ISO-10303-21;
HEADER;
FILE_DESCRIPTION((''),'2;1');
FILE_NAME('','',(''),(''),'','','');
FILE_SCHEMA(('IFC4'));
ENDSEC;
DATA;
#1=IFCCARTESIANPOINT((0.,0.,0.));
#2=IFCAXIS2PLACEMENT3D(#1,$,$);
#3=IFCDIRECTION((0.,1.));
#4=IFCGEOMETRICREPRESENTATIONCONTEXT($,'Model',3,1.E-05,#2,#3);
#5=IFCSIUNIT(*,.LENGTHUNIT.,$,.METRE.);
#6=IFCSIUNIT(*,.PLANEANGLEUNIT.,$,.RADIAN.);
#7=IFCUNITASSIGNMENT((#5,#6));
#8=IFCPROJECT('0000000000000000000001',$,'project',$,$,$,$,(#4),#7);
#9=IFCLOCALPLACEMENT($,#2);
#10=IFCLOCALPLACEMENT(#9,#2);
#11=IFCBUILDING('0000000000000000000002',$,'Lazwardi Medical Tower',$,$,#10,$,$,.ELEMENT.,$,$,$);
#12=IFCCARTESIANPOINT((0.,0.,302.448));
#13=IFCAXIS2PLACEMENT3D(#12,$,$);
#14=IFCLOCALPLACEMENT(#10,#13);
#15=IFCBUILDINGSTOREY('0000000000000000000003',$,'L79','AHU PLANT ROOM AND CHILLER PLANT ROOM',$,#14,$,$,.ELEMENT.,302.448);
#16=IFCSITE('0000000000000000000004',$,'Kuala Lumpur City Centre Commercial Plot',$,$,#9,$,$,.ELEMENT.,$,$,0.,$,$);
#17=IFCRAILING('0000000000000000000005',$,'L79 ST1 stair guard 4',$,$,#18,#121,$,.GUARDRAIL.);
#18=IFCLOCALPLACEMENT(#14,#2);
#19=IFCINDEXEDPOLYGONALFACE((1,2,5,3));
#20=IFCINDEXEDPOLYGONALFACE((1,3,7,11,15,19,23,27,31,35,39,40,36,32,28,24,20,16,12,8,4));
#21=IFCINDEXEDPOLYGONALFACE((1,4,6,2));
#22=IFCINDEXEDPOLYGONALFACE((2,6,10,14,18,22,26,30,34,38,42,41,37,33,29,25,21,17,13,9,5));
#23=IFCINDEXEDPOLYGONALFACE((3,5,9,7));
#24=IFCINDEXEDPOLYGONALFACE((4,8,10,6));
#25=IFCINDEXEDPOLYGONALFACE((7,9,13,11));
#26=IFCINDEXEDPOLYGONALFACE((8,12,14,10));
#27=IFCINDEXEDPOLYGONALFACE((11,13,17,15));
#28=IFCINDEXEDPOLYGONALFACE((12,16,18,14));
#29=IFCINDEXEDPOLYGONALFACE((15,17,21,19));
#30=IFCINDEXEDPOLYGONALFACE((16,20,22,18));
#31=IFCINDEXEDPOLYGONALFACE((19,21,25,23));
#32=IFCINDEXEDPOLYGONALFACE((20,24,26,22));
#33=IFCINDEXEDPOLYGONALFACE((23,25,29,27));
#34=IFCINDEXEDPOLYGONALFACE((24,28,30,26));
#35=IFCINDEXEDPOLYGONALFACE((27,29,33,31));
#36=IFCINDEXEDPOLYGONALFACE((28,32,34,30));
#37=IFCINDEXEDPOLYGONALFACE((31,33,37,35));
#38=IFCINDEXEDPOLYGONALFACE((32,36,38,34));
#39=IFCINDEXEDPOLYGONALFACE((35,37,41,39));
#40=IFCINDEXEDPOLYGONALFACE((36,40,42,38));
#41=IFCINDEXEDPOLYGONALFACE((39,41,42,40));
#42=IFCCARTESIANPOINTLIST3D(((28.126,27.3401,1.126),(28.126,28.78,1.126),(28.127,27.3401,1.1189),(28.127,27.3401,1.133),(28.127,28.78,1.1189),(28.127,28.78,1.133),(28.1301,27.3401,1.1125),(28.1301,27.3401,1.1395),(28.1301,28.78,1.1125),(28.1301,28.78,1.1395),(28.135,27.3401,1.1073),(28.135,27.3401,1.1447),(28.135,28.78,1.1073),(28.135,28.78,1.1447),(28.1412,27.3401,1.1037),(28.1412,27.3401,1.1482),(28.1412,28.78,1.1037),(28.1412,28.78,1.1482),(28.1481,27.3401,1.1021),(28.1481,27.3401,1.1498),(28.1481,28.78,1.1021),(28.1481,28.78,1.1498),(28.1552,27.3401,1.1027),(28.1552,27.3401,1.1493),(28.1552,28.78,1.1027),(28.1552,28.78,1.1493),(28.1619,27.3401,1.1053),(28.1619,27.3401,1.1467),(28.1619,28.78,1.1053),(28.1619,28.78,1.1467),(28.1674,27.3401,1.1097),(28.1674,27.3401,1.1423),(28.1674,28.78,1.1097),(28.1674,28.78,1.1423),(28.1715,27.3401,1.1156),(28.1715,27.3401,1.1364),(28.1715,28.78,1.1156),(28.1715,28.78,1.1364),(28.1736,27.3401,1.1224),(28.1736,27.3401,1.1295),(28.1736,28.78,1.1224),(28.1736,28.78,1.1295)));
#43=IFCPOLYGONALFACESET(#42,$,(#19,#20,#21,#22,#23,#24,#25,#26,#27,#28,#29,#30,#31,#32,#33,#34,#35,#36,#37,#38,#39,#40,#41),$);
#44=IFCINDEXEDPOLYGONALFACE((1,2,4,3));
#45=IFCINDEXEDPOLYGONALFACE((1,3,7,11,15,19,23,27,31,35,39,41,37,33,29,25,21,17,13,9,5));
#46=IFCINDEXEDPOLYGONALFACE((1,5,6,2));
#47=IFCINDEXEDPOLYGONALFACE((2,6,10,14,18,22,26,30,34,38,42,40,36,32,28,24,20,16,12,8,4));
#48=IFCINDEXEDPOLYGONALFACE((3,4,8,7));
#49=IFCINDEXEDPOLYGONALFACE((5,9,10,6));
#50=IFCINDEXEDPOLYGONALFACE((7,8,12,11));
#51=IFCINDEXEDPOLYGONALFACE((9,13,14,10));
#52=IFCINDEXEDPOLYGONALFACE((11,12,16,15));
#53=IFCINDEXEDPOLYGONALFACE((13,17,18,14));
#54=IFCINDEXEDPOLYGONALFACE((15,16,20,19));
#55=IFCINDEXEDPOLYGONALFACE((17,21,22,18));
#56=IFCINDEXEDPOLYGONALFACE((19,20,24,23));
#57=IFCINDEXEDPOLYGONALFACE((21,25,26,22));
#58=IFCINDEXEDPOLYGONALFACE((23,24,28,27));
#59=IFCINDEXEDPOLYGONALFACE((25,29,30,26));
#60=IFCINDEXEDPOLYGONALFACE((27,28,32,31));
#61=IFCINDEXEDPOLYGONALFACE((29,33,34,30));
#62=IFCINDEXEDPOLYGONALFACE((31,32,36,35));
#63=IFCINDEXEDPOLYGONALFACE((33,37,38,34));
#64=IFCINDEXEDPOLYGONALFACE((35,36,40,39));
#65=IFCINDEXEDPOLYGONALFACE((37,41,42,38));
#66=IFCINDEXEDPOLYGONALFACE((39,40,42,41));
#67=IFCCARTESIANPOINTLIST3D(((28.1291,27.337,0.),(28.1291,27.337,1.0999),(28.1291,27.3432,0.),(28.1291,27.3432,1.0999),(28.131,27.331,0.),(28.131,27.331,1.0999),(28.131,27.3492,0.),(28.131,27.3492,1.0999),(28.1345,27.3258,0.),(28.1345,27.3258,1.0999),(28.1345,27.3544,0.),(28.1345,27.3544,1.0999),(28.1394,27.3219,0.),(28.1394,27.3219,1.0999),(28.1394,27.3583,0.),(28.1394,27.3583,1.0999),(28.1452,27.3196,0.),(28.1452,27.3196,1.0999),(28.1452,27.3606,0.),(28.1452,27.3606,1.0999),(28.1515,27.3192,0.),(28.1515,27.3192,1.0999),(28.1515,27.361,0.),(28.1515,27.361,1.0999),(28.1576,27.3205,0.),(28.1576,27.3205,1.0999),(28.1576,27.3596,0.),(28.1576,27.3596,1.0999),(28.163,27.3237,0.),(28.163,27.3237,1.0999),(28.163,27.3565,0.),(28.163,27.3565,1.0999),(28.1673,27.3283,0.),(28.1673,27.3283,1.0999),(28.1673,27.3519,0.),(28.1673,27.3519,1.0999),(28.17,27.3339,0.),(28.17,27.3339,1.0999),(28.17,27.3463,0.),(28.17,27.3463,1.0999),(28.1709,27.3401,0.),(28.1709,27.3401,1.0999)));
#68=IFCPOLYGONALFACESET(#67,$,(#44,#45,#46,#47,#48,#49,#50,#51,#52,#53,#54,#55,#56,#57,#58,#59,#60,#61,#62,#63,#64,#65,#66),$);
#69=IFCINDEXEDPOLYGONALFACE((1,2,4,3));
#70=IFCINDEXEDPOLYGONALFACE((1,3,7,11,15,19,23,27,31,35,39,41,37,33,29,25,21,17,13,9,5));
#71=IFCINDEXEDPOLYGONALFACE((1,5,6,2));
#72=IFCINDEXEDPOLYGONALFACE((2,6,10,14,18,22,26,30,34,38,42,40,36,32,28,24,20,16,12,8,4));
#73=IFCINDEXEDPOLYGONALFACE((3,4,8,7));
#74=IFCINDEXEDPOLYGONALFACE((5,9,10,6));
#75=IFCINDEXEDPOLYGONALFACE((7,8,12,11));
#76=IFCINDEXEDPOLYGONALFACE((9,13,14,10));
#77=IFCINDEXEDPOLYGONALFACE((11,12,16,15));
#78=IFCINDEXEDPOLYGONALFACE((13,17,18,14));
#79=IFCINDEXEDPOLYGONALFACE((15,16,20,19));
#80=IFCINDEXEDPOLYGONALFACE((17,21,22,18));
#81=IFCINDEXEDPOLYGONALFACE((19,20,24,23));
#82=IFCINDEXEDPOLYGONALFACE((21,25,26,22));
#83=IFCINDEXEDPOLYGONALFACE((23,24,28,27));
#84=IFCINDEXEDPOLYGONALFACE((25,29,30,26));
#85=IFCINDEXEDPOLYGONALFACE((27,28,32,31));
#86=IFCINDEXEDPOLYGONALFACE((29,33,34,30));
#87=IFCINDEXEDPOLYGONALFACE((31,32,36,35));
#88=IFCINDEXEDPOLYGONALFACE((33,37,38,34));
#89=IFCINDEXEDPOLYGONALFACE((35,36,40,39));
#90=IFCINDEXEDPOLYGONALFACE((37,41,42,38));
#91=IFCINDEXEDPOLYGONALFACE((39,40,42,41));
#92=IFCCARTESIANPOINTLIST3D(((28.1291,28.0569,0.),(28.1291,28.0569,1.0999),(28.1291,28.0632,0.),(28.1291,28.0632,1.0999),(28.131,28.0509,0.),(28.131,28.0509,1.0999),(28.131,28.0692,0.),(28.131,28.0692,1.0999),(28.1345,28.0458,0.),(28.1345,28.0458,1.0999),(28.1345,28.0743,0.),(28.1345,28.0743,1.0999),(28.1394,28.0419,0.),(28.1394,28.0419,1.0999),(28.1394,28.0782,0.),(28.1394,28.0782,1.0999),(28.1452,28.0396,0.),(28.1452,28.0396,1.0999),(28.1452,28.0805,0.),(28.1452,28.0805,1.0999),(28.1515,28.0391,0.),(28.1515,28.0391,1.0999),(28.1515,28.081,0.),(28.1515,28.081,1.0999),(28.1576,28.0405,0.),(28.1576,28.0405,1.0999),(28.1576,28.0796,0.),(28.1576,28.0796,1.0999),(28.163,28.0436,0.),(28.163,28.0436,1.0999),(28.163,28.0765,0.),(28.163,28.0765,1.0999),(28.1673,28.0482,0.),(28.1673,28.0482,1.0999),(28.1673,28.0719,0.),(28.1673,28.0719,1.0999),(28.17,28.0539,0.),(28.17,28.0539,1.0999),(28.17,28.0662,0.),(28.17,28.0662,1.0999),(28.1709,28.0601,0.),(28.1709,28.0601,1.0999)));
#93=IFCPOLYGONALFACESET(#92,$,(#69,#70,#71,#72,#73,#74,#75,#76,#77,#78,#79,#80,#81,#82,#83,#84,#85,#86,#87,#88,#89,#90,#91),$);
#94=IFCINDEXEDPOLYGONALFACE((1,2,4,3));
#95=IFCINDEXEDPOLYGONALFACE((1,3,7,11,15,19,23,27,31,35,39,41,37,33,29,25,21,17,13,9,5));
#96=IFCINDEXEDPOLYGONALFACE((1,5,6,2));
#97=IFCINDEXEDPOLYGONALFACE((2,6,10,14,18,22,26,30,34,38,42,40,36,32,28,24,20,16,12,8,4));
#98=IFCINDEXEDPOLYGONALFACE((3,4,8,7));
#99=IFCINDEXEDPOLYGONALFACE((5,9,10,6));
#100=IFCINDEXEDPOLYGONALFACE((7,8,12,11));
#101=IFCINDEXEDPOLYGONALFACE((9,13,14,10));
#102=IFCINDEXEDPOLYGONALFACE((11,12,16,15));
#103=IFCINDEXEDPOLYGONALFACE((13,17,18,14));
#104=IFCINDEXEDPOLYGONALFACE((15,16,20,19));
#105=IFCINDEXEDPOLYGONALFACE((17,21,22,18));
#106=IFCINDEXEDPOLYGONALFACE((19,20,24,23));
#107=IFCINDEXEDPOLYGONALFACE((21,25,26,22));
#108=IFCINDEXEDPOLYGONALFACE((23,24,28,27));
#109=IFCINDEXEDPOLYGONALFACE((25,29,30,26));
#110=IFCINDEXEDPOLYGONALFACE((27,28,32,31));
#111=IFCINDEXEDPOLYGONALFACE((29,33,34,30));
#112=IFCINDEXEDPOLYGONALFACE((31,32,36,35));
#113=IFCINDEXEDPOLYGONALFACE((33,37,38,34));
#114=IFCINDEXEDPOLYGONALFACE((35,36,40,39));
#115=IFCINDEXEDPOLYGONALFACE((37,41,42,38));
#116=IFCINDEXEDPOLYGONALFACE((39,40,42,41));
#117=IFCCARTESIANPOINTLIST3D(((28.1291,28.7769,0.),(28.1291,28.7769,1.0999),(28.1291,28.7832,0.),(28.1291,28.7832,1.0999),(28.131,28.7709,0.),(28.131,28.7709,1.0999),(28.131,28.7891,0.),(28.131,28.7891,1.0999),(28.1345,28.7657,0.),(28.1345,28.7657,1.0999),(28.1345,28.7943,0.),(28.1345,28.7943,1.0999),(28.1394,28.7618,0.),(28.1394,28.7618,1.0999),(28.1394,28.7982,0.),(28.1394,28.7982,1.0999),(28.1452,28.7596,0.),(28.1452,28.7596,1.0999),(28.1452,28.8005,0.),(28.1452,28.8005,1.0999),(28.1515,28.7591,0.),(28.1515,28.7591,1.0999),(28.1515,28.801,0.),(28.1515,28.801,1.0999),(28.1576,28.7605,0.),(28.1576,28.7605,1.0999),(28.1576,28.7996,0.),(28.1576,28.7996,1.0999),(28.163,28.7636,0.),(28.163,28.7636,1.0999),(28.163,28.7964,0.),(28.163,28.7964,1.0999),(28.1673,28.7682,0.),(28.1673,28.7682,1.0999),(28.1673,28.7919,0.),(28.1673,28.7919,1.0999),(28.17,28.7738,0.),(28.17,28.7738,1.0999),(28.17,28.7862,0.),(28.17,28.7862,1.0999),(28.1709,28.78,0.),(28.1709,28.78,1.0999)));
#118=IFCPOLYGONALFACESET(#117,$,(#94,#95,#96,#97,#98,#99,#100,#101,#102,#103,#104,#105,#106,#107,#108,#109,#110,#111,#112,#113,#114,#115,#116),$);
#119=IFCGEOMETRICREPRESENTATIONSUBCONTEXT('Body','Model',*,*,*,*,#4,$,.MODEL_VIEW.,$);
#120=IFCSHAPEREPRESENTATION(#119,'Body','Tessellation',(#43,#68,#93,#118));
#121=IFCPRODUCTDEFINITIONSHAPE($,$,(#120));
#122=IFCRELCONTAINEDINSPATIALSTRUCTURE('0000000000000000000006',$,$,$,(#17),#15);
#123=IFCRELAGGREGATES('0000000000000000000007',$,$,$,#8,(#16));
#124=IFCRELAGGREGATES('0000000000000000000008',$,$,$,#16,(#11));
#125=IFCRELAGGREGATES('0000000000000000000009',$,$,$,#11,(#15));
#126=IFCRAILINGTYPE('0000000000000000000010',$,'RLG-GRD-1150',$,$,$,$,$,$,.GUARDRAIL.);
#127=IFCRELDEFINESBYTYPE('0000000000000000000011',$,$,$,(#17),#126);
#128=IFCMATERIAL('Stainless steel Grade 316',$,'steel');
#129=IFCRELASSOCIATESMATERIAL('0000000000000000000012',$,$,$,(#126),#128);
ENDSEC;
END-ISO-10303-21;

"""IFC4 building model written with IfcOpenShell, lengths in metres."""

from ifc_helpers import new_model, si_unit, direction, frame, origin, origin_2d, place, context, subcontext, project, spatial, circle, extrude, material, type_object, element, save


model = new_model("IFC4")

# Units and contexts
model_context = context("Model", 3, precision=1e-05, world=origin(), true_north=direction((0.0, 1.0)))
body_context = subcontext(model_context, "Body", "Model", "MODEL_VIEW")
ifc_project = project(units=[si_unit("LENGTHUNIT", "METRE"), si_unit("PLANEANGLEUNIT", "RADIAN")], contexts=[model_context])

# Site, building, storey
site_placement = place(None, origin())
site = spatial("IfcSite", under=ifc_project, at=site_placement, Name="Kuala Lumpur City Centre Commercial Plot", CompositionType="ELEMENT", RefElevation=0.0)
building_placement = place(site_placement, origin())
building = spatial("IfcBuilding", under=site, at=building_placement, Name="Lazwardi Medical Tower", CompositionType="ELEMENT")
storey_placement = place(building_placement, frame((0.0, 0.0, 302.448)))
storey = spatial("IfcBuildingStorey", under=building, at=storey_placement, Name="L79", Description="AHU PLANT ROOM AND CHILLER PLANT ROOM", CompositionType="ELEMENT", Elevation=302.448)

# Railing
ifc_material_1 = material(Name="Stainless steel Grade 316", Category="steel")
railing_type_1 = type_object("IfcRailingType", Name="RLG-GRD-1150", PredefinedType="GUARDRAIL", material=ifc_material_1)
railing_1_placement = place(storey_placement, frame((28.1499, 27.3401, 0.0)))
element("IfcRailing", 1, at=railing_1_placement, inside=storey, type_object=railing_type_1, Name="L79 ST1 stair guard 4", PredefinedType="GUARDRAIL", context=body_context, shape_type="SweptSolid", body=[
    extrude(circle(Radius=0.0239, at=origin_2d()), frame((0.0, 0.0, 1.126), z_axis=(0.0, 1.0, 0.0), x_axis=(-1.0, 0.0, 0.0)), (0.0, 0.0, 1.0), 1.4399),
    extrude(circle(Radius=0.021, at=origin_2d()), origin(), (0.0, 0.0, 1.0), 1.0999),
    extrude(circle(Radius=0.021, at=origin_2d()), frame((0.0, 0.72, 0.0)), (0.0, 0.0, 1.0), 1.0999),
    extrude(circle(Radius=0.021, at=origin_2d()), frame((0.0, 1.4399, 0.0)), (0.0, 0.0, 1.0), 1.0999),
])

save(model, "model.ifc")
